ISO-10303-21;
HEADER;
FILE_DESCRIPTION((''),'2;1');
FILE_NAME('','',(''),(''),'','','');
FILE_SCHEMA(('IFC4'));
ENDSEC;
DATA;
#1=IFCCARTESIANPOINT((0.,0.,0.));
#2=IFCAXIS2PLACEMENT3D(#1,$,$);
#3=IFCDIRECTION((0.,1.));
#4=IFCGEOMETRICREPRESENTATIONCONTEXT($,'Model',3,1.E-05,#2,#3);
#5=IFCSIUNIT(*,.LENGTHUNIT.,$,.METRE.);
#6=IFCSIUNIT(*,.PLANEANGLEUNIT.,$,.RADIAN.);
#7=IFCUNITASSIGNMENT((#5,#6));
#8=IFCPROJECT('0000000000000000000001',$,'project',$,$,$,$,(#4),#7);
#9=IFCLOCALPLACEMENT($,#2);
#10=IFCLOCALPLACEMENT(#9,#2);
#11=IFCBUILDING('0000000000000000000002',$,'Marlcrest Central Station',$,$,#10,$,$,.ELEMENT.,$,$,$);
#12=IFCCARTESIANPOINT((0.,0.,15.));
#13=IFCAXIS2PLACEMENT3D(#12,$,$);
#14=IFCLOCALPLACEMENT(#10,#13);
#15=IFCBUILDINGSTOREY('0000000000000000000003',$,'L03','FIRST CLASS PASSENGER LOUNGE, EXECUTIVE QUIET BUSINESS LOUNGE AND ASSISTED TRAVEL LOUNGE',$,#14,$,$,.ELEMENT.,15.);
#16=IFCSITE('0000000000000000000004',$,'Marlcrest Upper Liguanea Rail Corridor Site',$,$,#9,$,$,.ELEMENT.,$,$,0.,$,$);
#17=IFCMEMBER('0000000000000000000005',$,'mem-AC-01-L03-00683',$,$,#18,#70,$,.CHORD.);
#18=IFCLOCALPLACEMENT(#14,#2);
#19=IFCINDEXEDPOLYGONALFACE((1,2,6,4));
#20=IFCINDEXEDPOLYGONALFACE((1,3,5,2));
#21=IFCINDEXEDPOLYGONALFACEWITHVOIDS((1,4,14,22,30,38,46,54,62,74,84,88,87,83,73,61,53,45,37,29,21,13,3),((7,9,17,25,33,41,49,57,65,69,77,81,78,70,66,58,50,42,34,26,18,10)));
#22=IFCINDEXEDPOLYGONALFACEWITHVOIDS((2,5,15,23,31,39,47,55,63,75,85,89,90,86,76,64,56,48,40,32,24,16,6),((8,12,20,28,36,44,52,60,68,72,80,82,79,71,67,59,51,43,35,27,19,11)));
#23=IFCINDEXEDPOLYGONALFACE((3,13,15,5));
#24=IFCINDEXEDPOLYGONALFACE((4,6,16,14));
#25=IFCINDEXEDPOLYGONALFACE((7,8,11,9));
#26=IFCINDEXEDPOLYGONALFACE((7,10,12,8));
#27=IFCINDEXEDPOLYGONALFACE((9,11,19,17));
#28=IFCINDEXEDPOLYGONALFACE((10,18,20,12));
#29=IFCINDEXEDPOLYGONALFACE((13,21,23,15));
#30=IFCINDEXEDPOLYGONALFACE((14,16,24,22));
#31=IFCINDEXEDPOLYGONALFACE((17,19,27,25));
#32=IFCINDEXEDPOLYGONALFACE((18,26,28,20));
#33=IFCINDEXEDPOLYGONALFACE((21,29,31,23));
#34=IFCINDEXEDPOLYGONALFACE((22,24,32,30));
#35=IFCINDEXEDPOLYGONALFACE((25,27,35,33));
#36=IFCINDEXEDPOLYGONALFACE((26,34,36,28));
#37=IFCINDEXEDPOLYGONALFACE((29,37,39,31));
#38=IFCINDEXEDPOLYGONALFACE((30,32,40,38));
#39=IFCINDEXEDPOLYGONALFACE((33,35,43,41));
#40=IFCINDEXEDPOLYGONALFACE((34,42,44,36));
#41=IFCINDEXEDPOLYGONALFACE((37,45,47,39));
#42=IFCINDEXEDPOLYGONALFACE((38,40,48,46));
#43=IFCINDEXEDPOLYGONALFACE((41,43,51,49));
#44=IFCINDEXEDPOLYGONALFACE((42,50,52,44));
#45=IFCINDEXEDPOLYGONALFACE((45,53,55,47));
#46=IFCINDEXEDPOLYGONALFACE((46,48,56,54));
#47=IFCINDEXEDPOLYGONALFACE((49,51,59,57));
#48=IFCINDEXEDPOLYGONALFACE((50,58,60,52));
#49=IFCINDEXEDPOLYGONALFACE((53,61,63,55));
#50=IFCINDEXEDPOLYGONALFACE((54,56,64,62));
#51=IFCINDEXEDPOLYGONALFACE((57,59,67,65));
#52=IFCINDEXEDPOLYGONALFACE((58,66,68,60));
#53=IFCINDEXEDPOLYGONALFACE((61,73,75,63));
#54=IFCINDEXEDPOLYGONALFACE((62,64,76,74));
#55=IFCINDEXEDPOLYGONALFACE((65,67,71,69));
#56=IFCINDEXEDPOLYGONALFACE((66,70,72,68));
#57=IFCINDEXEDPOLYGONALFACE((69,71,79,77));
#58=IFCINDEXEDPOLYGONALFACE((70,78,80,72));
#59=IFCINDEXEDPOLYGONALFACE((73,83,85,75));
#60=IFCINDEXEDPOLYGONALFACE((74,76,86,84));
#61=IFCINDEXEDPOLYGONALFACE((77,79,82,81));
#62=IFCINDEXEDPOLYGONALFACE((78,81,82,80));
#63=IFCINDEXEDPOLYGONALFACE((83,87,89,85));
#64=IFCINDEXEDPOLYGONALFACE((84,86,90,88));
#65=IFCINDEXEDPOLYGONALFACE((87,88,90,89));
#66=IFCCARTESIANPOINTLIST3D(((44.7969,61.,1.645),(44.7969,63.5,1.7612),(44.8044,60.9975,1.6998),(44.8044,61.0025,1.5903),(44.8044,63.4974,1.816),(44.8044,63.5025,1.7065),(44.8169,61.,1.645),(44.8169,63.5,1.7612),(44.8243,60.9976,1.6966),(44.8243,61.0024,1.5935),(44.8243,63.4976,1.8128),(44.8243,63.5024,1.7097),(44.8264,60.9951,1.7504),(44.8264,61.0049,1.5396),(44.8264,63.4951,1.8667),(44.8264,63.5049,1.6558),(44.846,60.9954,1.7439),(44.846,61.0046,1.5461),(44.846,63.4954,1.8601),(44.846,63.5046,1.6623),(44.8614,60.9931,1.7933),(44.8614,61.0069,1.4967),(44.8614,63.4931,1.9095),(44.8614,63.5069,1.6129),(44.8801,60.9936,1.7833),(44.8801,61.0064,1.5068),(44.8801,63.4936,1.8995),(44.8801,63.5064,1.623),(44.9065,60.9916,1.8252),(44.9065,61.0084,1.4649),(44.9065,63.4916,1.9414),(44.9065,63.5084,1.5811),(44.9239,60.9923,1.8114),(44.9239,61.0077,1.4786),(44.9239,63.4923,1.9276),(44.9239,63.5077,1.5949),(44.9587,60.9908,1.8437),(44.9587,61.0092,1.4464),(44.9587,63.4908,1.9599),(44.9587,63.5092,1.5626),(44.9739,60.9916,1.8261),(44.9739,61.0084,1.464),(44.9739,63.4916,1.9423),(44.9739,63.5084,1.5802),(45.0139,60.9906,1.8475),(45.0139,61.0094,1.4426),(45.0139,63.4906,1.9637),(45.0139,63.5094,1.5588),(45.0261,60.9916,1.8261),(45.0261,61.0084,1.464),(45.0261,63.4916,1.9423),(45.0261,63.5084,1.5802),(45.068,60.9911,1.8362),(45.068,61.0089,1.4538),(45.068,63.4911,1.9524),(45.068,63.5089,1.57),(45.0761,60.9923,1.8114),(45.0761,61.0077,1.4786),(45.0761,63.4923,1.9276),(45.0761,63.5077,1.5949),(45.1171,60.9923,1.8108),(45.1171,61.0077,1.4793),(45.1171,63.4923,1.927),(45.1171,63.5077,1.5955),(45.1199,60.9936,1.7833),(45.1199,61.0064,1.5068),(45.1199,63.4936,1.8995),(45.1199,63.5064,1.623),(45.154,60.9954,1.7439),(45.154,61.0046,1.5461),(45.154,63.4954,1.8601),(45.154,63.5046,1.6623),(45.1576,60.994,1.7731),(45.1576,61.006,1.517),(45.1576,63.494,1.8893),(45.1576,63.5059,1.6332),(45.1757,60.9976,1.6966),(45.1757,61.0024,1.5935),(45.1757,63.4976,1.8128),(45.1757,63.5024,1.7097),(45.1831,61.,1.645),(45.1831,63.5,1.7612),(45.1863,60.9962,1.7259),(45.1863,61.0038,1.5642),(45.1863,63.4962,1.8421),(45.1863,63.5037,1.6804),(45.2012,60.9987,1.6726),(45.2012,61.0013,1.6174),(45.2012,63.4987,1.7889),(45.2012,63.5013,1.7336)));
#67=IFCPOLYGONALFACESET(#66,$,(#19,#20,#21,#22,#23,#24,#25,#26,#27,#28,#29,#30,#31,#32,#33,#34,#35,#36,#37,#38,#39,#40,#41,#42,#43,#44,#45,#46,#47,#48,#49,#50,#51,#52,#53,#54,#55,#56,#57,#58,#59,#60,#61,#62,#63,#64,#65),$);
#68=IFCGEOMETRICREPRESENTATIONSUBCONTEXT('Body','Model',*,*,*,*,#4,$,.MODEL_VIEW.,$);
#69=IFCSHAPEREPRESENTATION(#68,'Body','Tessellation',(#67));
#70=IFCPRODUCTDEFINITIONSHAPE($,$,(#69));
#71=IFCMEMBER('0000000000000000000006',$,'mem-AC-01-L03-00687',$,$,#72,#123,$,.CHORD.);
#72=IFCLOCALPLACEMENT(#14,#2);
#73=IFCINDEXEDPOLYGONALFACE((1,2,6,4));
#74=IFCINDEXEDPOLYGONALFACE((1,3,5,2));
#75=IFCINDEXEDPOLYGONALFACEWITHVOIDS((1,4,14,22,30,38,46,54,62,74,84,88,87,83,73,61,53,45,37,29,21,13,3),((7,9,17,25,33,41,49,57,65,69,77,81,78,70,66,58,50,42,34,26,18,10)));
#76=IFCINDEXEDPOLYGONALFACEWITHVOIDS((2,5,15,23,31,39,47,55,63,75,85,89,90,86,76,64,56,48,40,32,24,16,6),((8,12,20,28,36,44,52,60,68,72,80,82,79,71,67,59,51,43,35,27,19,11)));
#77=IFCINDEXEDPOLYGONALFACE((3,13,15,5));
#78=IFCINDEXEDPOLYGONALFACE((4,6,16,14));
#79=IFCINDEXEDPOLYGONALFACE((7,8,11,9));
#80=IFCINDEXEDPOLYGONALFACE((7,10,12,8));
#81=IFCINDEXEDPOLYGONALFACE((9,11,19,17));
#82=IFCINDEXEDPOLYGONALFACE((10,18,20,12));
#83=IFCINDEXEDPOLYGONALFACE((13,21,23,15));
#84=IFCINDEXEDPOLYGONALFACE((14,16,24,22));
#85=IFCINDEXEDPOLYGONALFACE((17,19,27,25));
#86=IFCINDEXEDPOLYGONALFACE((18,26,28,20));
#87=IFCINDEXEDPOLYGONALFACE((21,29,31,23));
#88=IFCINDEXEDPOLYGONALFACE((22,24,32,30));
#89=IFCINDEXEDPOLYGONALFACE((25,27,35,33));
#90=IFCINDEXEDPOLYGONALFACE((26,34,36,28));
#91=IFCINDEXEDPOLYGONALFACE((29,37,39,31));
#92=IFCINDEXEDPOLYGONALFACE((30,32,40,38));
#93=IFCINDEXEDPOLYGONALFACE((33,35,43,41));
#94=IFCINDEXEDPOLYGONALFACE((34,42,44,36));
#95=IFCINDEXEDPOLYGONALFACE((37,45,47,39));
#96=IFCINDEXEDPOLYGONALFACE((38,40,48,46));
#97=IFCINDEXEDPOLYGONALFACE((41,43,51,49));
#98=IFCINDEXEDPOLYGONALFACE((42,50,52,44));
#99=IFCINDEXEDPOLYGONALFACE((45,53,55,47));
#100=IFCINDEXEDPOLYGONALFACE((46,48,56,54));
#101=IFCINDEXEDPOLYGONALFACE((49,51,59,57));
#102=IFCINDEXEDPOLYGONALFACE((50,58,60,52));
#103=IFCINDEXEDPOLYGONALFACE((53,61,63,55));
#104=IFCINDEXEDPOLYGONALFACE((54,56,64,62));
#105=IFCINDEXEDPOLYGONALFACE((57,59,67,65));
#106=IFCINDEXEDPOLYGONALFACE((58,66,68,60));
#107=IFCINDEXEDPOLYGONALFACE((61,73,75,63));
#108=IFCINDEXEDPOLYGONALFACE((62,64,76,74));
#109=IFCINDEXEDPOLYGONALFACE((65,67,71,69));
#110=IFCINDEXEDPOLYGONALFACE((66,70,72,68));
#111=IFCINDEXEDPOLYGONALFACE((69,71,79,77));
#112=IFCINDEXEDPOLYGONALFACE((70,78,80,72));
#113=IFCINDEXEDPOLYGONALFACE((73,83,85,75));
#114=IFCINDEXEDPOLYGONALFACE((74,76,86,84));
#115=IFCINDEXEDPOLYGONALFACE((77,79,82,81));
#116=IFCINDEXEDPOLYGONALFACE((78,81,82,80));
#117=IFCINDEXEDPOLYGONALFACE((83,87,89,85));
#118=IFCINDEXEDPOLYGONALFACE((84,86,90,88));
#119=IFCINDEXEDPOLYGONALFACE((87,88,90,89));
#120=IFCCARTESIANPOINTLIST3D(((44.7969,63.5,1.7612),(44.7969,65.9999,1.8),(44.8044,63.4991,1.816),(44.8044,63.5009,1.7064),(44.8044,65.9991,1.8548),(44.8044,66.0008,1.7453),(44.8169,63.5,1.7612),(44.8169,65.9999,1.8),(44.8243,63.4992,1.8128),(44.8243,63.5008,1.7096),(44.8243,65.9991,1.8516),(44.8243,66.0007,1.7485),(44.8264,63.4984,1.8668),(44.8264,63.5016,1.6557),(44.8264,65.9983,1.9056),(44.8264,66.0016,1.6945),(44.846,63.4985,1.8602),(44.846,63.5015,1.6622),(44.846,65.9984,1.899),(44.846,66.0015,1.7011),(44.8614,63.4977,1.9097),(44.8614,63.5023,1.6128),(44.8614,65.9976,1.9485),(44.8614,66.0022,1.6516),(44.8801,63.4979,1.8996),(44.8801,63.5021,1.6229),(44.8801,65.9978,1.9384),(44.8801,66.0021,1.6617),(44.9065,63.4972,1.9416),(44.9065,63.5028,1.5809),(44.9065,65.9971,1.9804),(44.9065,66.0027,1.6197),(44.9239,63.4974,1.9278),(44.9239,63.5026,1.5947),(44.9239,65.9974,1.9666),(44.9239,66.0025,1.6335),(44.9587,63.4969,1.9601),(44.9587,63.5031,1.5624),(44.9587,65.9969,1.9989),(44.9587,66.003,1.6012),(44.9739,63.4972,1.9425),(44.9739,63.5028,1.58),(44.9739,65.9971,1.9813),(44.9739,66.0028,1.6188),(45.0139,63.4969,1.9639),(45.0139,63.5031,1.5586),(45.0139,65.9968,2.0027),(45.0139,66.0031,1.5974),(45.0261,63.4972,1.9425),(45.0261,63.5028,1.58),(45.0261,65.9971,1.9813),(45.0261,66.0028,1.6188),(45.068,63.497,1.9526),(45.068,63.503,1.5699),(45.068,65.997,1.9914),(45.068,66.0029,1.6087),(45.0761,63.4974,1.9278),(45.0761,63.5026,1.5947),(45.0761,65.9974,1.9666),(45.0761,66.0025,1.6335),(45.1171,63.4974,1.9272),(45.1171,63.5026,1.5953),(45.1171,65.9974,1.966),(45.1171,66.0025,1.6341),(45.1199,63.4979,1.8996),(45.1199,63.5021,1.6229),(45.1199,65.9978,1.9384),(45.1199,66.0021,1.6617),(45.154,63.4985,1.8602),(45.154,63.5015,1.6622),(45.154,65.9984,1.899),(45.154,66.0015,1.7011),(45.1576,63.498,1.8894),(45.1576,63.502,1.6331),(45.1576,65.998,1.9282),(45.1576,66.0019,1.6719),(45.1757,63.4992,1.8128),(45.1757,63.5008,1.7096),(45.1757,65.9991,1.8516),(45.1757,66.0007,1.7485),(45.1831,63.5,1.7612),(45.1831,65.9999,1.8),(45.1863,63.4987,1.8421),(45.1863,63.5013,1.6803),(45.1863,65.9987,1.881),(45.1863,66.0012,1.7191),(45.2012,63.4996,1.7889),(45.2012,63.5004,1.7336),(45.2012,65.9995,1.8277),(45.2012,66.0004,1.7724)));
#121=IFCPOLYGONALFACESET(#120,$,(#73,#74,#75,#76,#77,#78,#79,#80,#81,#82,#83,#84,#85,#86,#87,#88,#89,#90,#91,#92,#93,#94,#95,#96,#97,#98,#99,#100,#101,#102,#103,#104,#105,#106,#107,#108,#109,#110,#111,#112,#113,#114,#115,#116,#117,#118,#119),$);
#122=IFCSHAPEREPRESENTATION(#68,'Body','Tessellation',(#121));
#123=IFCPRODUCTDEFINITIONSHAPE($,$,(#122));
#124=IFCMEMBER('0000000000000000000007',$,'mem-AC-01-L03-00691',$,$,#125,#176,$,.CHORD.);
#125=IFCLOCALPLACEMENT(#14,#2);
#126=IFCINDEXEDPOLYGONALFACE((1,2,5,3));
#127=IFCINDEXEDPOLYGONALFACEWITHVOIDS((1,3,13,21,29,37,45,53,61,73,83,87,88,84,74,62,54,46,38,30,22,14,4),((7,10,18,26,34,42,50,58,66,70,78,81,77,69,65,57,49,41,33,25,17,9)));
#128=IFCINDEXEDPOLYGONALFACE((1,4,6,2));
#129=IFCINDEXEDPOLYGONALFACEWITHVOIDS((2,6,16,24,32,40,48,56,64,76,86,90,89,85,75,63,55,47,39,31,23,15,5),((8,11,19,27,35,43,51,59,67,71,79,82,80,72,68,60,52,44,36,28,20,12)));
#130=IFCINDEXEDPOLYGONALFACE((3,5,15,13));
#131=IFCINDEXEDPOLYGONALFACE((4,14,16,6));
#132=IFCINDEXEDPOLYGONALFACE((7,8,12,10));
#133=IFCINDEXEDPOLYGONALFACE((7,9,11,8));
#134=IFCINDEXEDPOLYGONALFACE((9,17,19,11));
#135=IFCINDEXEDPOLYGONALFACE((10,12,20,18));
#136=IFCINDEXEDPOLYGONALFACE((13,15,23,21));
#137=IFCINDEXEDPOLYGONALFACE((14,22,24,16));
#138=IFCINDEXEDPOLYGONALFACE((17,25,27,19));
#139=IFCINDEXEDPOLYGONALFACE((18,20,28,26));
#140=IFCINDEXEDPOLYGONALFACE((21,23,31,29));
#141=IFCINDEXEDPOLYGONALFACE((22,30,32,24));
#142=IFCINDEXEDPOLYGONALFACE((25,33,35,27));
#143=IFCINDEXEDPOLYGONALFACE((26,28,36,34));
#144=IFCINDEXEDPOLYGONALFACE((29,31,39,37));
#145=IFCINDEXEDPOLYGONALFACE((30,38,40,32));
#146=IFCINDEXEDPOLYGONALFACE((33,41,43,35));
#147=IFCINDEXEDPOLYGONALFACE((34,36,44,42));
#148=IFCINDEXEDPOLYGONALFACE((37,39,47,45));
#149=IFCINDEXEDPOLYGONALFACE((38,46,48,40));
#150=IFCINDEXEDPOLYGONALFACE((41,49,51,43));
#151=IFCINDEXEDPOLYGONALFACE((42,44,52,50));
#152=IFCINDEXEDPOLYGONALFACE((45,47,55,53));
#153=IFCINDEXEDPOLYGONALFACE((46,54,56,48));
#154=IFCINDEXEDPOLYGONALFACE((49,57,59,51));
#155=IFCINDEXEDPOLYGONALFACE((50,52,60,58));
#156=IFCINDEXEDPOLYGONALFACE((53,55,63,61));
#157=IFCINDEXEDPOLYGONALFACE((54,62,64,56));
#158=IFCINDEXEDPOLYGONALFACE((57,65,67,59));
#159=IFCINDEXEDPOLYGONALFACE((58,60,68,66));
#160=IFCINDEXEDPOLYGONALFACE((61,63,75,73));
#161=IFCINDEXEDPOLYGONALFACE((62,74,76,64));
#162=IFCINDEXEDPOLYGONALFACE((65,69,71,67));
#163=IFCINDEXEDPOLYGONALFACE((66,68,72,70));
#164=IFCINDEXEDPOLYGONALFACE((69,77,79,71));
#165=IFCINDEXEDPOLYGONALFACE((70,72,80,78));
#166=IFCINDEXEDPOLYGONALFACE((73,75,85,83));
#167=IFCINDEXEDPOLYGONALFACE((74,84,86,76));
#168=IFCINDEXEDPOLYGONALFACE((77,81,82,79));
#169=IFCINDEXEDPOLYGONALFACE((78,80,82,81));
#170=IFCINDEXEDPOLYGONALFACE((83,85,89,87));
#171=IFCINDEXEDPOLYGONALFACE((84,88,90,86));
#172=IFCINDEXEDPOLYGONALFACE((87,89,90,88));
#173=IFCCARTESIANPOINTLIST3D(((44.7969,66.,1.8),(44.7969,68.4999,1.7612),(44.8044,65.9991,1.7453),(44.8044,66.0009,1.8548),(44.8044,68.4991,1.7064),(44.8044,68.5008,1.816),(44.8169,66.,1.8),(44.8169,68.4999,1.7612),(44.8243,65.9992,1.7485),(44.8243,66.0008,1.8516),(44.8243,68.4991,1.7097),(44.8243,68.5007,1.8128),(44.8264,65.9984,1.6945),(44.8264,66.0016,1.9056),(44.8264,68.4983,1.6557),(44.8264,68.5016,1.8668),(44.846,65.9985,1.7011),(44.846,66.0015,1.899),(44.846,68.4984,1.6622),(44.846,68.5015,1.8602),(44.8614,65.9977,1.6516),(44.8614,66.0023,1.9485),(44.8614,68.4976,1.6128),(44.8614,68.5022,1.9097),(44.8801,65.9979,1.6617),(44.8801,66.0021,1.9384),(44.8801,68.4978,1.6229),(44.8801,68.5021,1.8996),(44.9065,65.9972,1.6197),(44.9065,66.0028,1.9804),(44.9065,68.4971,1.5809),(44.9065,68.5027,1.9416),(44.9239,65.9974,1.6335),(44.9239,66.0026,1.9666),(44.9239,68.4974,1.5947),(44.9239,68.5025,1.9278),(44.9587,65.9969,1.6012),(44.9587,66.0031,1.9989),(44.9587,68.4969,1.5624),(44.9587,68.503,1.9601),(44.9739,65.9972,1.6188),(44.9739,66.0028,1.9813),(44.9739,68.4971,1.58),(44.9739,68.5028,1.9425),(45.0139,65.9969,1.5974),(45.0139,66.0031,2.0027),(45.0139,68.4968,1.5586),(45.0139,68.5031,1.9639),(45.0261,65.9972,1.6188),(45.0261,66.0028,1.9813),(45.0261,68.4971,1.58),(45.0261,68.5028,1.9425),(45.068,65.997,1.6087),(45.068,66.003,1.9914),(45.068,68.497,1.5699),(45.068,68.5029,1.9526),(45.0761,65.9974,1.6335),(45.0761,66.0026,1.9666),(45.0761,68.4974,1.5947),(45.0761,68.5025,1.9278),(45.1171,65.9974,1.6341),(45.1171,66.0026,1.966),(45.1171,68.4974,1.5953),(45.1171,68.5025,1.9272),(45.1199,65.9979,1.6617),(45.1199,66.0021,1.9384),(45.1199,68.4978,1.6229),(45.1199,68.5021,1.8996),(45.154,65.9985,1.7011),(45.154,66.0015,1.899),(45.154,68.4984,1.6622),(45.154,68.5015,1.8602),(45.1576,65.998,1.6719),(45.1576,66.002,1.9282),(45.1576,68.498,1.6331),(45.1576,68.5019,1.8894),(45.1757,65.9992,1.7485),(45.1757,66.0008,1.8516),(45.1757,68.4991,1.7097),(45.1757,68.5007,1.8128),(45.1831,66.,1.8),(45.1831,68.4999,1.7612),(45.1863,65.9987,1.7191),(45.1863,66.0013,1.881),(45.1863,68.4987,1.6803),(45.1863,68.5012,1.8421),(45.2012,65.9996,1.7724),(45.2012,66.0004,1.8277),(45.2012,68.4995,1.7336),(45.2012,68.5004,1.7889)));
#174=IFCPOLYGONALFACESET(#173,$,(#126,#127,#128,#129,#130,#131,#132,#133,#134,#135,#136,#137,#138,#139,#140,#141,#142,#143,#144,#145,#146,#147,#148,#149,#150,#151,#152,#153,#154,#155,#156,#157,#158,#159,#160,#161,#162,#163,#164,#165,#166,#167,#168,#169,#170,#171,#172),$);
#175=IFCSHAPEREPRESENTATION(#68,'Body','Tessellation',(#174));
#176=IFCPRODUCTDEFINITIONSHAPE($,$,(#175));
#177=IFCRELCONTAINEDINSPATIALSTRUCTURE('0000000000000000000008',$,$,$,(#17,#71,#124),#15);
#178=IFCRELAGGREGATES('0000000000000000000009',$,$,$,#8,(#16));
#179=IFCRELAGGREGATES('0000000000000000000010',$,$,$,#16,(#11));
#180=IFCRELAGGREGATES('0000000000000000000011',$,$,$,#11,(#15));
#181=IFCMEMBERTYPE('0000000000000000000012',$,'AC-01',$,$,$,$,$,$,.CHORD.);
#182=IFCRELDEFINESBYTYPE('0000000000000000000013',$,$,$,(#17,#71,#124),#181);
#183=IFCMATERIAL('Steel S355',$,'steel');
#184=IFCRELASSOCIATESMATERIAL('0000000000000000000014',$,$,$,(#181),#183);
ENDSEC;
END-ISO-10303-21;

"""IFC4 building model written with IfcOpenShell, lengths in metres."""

from ifc_helpers import new_model, si_unit, direction, frame, origin, origin_2d, place, context, subcontext, project, spatial, hollow_circle, extrude, material, material_profile, profile_set, type_object, element, save


model = new_model("IFC4")

# Units and contexts
model_context = context("Model", 3, precision=1e-05, world=origin(), true_north=direction((0.0, 1.0)))
body_context = subcontext(model_context, "Body", "Model", "MODEL_VIEW")
ifc_project = project(units=[si_unit("LENGTHUNIT", "METRE"), si_unit("PLANEANGLEUNIT", "RADIAN")], contexts=[model_context])

# Site, building, storey
site_placement = place(None, origin())
site = spatial("IfcSite", under=ifc_project, at=site_placement, Name="Marlcrest Upper Liguanea Rail Corridor Site", CompositionType="ELEMENT", RefElevation=0.0)
building_placement = place(site_placement, origin())
building = spatial("IfcBuilding", under=site, at=building_placement, Name="Marlcrest Central Station", CompositionType="ELEMENT")
storey_placement = place(building_placement, frame((0.0, 0.0, 15.0)))
storey = spatial("IfcBuildingStorey", under=building, at=storey_placement, Name="L03", Description="FIRST CLASS PASSENGER LOUNGE, EXECUTIVE QUIET BUSINESS LOUNGE AND ASSISTED TRAVEL LOUNGE", CompositionType="ELEMENT", Elevation=15.0)

# Members
ifc_material_1 = material(Name="Steel S355", Category="steel")
ifc_material_profile_1 = material_profile(ifc_material_1, hollow_circle(Radius=0.2031, WallThickness=0.02, at=origin_2d()), Name="CHS 406.4x20")
ifc_profile_set_1 = profile_set([ifc_material_profile_1], Name="Steel S355")
member_type_1 = type_object("IfcMemberType", Name="AC-01", PredefinedType="CHORD", material=ifc_profile_set_1)
member_1_placement = place(storey_placement, frame((45.0, 61.0, 1.645), z_axis=(0.0, 0.998921, 0.046434), x_axis=(-1.0, 0.0, 0.0)))
element("IfcMember", 1, at=member_1_placement, inside=storey, type_object=member_type_1, Name="mem-AC-01-L03-00683", PredefinedType="CHORD", context=body_context, shape_type="SweptSolid", body=[
    extrude(hollow_circle(Radius=0.2031, WallThickness=0.02, at=origin_2d()), origin(), (0.0, 0.0, 1.0), 2.5027),
])
for number, where, z_axis, x_axis, name in (
    (2, (45.0, 63.5, 1.7612), (0.0, 0.999879, 0.015525), (-1.0, 0.0, 0.0), "mem-AC-01-L03-00687"),
    (3, (45.0, 66.0, 1.8), (0.0, 0.999879, -0.015525), (-1.0, 0.0, 0.0), "mem-AC-01-L03-00691"),
):
    element("IfcMember", number, at=place(storey_placement, frame(where, z_axis=z_axis, x_axis=x_axis)), inside=storey, type_object=member_type_1, Name=name, PredefinedType="CHORD", context=body_context, shape_type="SweptSolid", body=[
        extrude(hollow_circle(Radius=0.2031, WallThickness=0.02, at=origin_2d()), origin(), (0.0, 0.0, 1.0), 2.5002),
    ])

save(model, "model.ifc")
